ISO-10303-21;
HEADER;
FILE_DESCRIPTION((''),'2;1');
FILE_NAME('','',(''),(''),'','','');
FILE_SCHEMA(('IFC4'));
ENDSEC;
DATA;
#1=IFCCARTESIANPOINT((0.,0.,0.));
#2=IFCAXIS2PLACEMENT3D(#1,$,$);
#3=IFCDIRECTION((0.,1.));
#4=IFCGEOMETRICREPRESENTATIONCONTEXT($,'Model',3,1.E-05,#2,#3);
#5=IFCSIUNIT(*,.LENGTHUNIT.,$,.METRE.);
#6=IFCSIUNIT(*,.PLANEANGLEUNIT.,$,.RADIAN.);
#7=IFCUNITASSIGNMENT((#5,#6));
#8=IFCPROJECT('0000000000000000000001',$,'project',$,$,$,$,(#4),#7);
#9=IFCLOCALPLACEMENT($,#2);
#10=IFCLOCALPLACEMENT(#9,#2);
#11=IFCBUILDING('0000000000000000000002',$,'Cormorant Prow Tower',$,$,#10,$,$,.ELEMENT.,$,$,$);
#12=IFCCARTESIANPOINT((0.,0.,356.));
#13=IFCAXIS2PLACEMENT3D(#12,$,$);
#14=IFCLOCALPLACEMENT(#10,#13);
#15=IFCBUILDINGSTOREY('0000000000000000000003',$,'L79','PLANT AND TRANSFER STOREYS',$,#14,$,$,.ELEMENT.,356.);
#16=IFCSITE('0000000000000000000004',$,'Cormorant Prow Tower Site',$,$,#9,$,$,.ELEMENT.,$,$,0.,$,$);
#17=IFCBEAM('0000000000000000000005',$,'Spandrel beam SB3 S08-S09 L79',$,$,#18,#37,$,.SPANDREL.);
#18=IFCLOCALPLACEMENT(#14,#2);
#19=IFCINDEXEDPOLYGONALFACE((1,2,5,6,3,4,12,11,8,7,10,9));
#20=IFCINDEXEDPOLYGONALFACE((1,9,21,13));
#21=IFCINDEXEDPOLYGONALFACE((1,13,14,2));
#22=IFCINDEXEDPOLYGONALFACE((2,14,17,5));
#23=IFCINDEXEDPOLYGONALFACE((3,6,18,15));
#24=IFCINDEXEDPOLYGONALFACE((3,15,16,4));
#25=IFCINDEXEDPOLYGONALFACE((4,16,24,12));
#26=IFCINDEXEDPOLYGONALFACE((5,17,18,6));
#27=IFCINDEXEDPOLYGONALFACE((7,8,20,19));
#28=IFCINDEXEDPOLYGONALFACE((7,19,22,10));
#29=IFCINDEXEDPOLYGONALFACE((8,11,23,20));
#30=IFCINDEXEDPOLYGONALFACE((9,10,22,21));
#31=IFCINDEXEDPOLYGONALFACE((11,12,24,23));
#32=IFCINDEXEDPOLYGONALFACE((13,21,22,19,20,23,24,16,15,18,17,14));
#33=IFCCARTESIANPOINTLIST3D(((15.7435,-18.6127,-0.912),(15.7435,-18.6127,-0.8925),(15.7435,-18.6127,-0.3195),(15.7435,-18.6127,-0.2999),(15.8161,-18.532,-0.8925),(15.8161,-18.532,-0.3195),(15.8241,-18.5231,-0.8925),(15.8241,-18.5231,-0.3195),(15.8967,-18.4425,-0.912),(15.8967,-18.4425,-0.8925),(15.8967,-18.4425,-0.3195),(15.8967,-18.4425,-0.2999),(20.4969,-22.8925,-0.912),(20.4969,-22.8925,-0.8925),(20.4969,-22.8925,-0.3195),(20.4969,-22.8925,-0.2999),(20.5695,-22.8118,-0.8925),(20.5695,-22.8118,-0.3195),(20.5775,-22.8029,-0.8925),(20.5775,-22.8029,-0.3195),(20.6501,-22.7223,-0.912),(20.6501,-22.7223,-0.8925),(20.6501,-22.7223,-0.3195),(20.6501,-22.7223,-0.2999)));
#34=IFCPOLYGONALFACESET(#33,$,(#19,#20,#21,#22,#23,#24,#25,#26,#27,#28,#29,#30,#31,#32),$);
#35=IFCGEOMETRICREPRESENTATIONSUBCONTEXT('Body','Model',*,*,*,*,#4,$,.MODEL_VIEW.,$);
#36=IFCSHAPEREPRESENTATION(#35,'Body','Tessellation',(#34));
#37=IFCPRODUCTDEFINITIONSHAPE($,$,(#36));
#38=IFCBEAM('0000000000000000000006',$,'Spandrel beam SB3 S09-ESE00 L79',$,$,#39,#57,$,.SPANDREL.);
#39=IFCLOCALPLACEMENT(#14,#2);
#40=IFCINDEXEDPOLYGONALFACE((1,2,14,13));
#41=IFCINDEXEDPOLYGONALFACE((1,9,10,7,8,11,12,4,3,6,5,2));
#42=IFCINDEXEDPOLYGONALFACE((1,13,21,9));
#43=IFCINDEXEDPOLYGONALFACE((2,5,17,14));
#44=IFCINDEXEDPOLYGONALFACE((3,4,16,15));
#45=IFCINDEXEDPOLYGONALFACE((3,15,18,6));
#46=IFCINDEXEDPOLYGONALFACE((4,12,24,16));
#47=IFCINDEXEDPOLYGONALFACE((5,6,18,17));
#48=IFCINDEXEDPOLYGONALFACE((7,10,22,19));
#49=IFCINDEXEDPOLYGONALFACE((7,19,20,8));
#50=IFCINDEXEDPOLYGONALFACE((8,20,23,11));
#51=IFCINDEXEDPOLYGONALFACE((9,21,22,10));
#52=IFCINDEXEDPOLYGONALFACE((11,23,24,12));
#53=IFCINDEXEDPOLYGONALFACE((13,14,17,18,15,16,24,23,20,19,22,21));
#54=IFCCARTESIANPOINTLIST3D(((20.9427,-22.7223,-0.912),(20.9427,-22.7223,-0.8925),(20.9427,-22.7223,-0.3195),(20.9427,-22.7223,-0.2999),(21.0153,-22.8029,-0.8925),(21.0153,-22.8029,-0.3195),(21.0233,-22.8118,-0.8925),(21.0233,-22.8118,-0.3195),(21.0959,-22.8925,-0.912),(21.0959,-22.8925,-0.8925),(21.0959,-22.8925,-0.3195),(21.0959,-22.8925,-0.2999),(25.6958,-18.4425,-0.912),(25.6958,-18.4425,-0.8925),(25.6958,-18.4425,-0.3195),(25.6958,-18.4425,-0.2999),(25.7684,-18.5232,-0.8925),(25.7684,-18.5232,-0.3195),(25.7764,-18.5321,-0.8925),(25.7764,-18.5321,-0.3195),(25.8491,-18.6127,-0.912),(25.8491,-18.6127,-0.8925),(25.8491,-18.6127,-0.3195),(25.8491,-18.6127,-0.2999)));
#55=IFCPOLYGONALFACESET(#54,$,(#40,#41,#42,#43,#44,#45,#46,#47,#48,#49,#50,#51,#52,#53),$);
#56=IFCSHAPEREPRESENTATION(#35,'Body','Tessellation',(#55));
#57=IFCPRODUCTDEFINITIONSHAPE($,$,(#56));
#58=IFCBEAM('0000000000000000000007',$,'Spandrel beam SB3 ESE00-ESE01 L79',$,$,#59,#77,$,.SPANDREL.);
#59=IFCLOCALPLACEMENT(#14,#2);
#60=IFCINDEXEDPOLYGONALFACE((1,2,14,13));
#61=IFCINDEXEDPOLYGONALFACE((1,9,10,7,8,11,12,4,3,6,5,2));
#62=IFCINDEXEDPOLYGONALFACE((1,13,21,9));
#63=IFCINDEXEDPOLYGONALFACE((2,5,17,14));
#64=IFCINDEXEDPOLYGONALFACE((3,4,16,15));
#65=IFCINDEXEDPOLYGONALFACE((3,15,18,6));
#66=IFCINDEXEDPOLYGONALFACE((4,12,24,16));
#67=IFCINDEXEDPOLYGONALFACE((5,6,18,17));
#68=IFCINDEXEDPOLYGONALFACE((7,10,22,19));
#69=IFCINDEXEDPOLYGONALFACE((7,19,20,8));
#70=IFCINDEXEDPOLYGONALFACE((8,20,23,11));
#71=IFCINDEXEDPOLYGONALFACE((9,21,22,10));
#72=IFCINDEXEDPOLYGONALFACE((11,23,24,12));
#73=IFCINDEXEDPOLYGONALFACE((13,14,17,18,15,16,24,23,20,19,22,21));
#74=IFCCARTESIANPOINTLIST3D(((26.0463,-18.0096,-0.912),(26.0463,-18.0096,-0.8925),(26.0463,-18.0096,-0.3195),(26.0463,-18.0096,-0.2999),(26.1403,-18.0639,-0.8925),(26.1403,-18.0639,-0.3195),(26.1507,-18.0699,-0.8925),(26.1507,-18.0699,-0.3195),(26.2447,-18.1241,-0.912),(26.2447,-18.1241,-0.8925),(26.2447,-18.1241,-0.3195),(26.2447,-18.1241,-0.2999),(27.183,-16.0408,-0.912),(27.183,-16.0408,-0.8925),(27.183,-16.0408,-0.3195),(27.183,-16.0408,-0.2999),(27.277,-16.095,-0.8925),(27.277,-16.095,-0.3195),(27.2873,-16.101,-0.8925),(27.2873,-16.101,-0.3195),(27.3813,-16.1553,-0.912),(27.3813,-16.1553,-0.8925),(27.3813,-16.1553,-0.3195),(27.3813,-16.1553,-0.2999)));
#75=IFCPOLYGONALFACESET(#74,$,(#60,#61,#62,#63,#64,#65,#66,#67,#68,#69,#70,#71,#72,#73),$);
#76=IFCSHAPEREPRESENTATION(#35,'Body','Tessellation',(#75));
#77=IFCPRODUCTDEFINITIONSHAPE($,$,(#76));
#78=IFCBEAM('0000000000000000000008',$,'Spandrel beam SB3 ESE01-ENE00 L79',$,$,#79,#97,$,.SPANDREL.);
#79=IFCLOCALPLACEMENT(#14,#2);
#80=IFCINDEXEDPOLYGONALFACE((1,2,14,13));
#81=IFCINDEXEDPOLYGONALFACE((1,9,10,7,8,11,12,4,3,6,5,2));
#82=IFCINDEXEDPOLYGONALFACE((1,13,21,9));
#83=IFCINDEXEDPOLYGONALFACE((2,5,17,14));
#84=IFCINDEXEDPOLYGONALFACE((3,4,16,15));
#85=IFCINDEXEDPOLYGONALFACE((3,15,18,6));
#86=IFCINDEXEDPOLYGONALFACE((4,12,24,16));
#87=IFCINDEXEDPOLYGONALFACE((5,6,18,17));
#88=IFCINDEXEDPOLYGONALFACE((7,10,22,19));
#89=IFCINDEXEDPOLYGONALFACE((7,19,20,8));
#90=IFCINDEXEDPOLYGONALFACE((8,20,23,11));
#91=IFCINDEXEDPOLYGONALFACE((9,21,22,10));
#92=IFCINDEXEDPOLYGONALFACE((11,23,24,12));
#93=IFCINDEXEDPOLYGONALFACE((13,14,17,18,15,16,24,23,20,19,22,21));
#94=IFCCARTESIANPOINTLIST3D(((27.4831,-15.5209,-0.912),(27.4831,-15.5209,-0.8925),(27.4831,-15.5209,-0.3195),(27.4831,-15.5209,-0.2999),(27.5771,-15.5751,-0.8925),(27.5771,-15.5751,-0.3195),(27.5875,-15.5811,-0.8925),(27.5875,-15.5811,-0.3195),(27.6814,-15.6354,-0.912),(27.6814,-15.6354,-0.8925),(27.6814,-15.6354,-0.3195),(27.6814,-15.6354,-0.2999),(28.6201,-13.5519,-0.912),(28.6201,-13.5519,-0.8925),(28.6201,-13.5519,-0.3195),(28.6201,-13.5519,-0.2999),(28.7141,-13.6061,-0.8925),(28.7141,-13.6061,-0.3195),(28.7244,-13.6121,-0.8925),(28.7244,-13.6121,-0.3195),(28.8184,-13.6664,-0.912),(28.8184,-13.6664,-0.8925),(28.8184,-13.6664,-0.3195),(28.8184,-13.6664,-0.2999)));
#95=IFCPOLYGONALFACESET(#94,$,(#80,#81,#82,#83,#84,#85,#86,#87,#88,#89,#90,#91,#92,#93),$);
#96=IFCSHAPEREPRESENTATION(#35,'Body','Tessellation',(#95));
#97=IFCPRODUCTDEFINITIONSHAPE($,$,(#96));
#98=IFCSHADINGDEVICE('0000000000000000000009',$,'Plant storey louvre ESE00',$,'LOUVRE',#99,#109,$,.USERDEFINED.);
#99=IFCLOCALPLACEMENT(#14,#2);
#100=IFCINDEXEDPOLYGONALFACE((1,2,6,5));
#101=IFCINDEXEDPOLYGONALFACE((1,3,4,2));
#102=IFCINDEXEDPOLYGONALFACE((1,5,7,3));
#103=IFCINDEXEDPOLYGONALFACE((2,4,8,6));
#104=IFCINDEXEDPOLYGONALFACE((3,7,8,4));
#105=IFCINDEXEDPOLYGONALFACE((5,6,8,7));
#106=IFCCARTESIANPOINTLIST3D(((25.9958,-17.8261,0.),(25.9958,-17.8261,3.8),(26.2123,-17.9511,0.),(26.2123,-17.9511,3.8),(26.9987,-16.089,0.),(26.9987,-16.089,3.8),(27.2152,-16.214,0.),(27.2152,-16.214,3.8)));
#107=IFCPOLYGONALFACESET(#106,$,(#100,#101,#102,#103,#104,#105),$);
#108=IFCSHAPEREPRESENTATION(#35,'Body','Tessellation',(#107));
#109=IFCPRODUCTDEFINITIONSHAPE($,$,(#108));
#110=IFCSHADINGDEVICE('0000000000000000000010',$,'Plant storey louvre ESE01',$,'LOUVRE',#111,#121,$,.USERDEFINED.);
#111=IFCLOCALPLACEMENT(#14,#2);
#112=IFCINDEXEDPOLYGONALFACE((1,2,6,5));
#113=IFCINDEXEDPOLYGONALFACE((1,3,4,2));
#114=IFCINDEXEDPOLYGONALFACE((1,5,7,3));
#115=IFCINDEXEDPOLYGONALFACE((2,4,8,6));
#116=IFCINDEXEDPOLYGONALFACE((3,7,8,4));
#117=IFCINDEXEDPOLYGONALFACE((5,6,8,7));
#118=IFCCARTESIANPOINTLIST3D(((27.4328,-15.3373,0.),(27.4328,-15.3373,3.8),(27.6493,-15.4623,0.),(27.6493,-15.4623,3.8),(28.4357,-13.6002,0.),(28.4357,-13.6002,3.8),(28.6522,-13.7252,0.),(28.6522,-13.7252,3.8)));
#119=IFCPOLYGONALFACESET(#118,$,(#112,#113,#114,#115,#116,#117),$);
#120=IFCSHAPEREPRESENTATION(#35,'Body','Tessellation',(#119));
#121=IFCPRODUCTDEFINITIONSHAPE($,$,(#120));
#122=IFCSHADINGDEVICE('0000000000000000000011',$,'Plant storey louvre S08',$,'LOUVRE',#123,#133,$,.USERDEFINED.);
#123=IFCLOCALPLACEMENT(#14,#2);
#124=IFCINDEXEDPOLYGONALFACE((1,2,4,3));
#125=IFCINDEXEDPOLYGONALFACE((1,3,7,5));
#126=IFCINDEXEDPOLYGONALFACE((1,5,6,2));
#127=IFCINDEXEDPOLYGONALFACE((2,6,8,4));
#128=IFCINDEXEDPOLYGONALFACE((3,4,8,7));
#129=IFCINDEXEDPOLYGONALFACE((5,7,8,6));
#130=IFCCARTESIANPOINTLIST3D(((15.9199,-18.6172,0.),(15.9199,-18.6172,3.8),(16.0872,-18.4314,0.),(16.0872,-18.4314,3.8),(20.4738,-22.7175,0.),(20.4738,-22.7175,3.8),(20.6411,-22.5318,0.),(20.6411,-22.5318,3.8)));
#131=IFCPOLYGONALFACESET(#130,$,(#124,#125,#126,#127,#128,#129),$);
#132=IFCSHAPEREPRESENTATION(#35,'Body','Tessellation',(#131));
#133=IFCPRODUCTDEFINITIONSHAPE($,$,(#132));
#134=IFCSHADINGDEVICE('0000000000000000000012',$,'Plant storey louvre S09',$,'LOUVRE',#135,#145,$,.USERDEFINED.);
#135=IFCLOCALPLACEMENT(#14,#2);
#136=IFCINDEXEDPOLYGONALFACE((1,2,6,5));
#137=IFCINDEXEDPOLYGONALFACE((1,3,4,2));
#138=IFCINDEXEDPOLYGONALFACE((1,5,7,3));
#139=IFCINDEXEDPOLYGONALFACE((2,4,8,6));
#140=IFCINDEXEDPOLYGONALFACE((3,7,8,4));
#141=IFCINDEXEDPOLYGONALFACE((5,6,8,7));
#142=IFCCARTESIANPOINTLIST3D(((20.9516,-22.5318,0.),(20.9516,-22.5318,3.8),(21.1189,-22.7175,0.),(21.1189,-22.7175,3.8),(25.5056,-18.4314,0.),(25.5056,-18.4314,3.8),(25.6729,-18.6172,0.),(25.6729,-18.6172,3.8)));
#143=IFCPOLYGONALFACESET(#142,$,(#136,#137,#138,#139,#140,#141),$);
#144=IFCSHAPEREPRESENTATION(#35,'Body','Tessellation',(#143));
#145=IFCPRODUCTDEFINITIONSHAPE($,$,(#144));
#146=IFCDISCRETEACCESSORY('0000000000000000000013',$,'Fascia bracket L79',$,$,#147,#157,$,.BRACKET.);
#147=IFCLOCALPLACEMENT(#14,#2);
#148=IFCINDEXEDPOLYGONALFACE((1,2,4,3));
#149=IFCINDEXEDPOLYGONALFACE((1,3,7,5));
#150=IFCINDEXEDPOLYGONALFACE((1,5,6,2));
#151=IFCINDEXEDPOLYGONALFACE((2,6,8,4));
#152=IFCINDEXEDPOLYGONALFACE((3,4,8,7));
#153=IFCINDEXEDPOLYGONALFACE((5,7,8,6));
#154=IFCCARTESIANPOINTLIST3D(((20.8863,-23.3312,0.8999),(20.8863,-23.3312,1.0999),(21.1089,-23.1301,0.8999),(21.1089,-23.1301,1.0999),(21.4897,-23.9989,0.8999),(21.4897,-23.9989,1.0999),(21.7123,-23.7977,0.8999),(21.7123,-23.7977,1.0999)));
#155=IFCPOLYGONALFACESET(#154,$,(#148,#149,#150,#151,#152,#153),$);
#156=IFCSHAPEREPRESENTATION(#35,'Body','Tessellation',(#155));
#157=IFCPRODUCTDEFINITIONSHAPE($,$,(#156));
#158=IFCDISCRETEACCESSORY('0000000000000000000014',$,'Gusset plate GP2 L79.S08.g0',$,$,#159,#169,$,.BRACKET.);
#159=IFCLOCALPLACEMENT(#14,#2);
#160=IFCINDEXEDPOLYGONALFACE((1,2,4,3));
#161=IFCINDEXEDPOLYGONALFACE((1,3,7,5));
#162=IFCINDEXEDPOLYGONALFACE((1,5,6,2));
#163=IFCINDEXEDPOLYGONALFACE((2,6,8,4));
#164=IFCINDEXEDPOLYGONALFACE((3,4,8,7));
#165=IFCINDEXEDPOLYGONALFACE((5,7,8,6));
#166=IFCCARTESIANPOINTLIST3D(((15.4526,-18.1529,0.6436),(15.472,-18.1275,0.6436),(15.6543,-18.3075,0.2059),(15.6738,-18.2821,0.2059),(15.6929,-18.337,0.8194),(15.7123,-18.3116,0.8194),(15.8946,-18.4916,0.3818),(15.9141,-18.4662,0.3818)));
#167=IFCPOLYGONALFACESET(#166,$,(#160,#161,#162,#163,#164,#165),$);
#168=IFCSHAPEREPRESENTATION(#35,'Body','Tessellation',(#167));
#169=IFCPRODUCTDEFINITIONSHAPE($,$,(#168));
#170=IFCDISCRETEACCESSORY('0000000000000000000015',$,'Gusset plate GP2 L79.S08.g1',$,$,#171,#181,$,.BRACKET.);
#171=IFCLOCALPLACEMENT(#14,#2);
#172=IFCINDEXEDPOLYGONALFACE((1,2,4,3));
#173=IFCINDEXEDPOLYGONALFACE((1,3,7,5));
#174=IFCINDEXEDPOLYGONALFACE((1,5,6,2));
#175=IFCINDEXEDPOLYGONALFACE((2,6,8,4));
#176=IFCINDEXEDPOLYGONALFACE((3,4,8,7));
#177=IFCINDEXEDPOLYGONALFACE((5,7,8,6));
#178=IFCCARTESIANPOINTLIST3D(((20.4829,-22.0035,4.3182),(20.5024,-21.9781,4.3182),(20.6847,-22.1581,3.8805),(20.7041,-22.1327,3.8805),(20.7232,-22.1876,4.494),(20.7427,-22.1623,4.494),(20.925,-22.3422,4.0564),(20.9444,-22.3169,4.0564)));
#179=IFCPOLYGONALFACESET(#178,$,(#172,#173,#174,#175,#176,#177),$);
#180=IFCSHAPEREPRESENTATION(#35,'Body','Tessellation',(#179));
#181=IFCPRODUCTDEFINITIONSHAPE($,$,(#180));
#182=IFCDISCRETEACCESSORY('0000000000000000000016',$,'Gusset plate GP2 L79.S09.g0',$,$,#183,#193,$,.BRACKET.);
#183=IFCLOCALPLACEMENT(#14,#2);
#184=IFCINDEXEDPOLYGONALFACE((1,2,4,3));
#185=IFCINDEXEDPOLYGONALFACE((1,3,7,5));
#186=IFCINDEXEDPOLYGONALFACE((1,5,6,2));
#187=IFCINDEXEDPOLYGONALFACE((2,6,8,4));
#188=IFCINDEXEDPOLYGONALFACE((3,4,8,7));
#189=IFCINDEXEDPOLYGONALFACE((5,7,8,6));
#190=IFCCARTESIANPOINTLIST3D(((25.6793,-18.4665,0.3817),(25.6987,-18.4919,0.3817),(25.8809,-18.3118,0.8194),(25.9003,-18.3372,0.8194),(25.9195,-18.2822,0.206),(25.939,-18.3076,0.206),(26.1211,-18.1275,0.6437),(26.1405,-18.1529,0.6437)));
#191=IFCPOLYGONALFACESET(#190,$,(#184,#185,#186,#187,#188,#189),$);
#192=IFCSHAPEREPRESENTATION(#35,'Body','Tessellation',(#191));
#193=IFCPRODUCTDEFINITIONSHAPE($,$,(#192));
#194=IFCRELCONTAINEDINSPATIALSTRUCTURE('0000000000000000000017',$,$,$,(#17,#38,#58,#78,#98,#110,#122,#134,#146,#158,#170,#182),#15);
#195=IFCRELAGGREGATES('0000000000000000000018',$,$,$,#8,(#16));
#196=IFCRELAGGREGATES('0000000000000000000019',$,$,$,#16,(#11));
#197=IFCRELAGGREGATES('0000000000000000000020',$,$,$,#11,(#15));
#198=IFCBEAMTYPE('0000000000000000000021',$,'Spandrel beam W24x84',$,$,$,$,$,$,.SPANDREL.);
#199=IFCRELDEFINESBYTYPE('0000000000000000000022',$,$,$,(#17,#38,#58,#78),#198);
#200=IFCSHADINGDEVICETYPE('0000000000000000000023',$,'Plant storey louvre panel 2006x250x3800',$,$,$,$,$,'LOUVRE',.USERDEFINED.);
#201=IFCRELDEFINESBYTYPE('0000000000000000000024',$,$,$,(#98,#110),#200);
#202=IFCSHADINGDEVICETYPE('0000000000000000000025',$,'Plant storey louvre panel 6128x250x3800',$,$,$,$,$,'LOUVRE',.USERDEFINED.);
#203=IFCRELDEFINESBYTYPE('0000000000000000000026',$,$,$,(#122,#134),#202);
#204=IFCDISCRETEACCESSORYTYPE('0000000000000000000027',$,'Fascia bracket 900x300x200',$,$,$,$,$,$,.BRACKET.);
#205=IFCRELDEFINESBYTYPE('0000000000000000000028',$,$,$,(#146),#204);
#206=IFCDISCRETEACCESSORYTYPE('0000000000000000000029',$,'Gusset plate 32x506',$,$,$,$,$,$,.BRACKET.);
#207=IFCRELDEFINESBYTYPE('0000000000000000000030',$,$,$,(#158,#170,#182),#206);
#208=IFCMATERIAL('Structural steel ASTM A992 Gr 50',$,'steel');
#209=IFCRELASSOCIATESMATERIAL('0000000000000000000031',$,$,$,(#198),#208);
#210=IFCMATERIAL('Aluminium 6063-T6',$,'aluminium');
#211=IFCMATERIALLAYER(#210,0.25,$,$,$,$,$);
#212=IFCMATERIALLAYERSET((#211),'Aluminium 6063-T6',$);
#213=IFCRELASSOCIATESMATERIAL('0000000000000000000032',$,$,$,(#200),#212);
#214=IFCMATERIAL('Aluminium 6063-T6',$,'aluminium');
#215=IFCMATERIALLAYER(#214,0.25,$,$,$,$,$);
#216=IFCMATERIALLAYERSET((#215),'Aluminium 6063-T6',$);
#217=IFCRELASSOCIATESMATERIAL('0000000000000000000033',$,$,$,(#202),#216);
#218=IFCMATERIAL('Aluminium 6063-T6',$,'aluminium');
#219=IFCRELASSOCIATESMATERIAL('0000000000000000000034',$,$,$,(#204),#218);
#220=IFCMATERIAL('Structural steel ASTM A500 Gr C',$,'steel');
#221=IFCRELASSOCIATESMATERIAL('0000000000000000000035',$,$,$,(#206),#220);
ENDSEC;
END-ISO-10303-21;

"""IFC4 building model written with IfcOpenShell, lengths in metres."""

from ifc_helpers import new_model, si_unit, direction, frame, origin, origin_2d, place, context, subcontext, project, spatial, rectangle, i_section, extrude, material, layer, layer_set, material_profile, profile_set, type_object, element, save


model = new_model("IFC4")

# Units and contexts
model_context = context("Model", 3, precision=1e-05, world=origin(), true_north=direction((0.0, 1.0)))
body_context = subcontext(model_context, "Body", "Model", "MODEL_VIEW")
ifc_project = project(units=[si_unit("LENGTHUNIT", "METRE"), si_unit("PLANEANGLEUNIT", "RADIAN")], contexts=[model_context])

# Site, building, storey
site_placement = place(None, origin())
site = spatial("IfcSite", under=ifc_project, at=site_placement, Name="Cormorant Prow Tower Site", CompositionType="ELEMENT", RefElevation=0.0)
building_placement = place(site_placement, origin())
building = spatial("IfcBuilding", under=site, at=building_placement, Name="Cormorant Prow Tower", CompositionType="ELEMENT")
storey_placement = place(building_placement, frame((0.0, 0.0, 356.0)))
storey = spatial("IfcBuildingStorey", under=building, at=storey_placement, Name="L79", Description="PLANT AND TRANSFER STOREYS", CompositionType="ELEMENT", Elevation=356.0)

# Beams
ifc_material_1 = material(Name="Structural steel ASTM A992 Gr 50", Category="steel")
ifc_material_profile_1 = material_profile(ifc_material_1, i_section(OverallWidth=0.229, OverallDepth=0.6121, WebThickness=0.012, FlangeThickness=0.0195, at=origin_2d()), Name="W24x84")
ifc_profile_set_1 = profile_set([ifc_material_profile_1], Name="Structural steel ASTM A992 Gr 50")
beam_type = type_object("IfcBeamType", Name="Spandrel beam W24x84", PredefinedType="SPANDREL", material=ifc_profile_set_1)
beam_1_placement = place(storey_placement, frame((15.8201, -18.5276, -0.606), z_axis=(0.743161, -0.669112, 0.0), x_axis=(0.669112, 0.743161, 0.0)))
element("IfcBeam", 1, at=beam_1_placement, inside=storey, type_object=beam_type, Name="Spandrel beam SB3 S08-S09 L79", PredefinedType="SPANDREL", context=body_context, shape_type="SweptSolid", body=[
    extrude(i_section(OverallWidth=0.229, OverallDepth=0.6121, WebThickness=0.012, FlangeThickness=0.0195, at=origin_2d()), origin(), (0.0, 0.0, 1.0), 6.3962),
])
beam_2_placement = place(storey_placement, frame((21.0193, -22.8074, -0.606), z_axis=(0.743144, 0.669131, 0.0), x_axis=(-0.669131, 0.743144, 0.0)))
element("IfcBeam", 2, at=beam_2_placement, inside=storey, type_object=beam_type, Name="Spandrel beam SB3 S09-ESE00 L79", PredefinedType="SPANDREL", context=body_context, shape_type="SweptSolid", body=[
    extrude(i_section(OverallWidth=0.229, OverallDepth=0.6121, WebThickness=0.012, FlangeThickness=0.0195, at=origin_2d()), origin(), (0.0, 0.0, 1.0), 6.396),
])
beam_3_placement = place(storey_placement, frame((26.1455, -18.0669, -0.606), z_axis=(0.499973, 0.866041, 0.0), x_axis=(-0.866041, 0.499973, 0.0)))
element("IfcBeam", 3, at=beam_3_placement, inside=storey, type_object=beam_type, Name="Spandrel beam SB3 ESE00-ESE01 L79", PredefinedType="SPANDREL", context=body_context, shape_type="SweptSolid", body=[
    extrude(i_section(OverallWidth=0.229, OverallDepth=0.6121, WebThickness=0.012, FlangeThickness=0.0195, at=origin_2d()), origin(), (0.0, 0.0, 1.0), 2.2734),
])
beam_4_placement = place(storey_placement, frame((27.5823, -15.5781, -0.606), z_axis=(0.500054, 0.865994, 0.0), x_axis=(-0.865994, 0.500054, 0.0)))
element("IfcBeam", 4, at=beam_4_placement, inside=storey, type_object=beam_type, Name="Spandrel beam SB3 ESE01-ENE00 L79", PredefinedType="SPANDREL", context=body_context, shape_type="SweptSolid", body=[
    extrude(i_section(OverallWidth=0.229, OverallDepth=0.6121, WebThickness=0.012, FlangeThickness=0.0195, at=origin_2d()), origin(), (0.0, 0.0, 1.0), 2.2737),
])

# Shading devices
ifc_material_2 = material(Name="Aluminium 6063-T6", Category="aluminium")
ifc_layer_1 = layer(ifc_material_2, 0.25)
ifc_layer_set_1 = layer_set([ifc_layer_1], Name="Aluminium 6063-T6")
shading_device_type_1 = type_object("IfcShadingDeviceType", Name="Plant storey louvre panel 2006x250x3800", ElementType="LOUVRE", PredefinedType="USERDEFINED", material=ifc_layer_set_1)
for number, where, z_axis, x_axis, name in (
    (5, (26.6055, -17.02, 0.0), (0.0, 0.0, 1.0), (0.5, 0.866025, 0.0), "Plant storey louvre ESE00"),
    (6, (28.0425, -14.5312, 0.0), (0.0, 0.0, 1.0), (0.5, 0.866025, 0.0), "Plant storey louvre ESE01"),
):
    element("IfcShadingDevice", number, at=place(storey_placement, frame(where, z_axis=z_axis, x_axis=x_axis)), inside=storey, type_object=shading_device_type_1, Name=name, ObjectType="LOUVRE", PredefinedType="USERDEFINED", context=body_context, shape_type="SweptSolid", body=[
        extrude(rectangle(XDim=2.0059, YDim=0.25, at=origin_2d()), origin(), (0.0, 0.0, 1.0), 3.8),
    ])
ifc_material_3 = material(Name="Aluminium 6063-T6", Category="aluminium")
ifc_layer_2 = layer(ifc_material_3, 0.25)
ifc_layer_set_2 = layer_set([ifc_layer_2], Name="Aluminium 6063-T6")
shading_device_type_2 = type_object("IfcShadingDeviceType", Name="Plant storey louvre panel 6128x250x3800", ElementType="LOUVRE", PredefinedType="USERDEFINED", material=ifc_layer_set_2)
for number, where, z_axis, x_axis, name in (
    (7, (18.2805, -20.5745, 0.0), (0.0, 0.0, 1.0), (0.743145, -0.669131, 0.0), "Plant storey louvre S08"),
    (8, (23.3123, -20.5745, 0.0), (0.0, 0.0, 1.0), (0.743145, 0.669131, 0.0), "Plant storey louvre S09"),
):
    element("IfcShadingDevice", number, at=place(storey_placement, frame(where, z_axis=z_axis, x_axis=x_axis)), inside=storey, type_object=shading_device_type_2, Name=name, ObjectType="LOUVRE", PredefinedType="USERDEFINED", context=body_context, shape_type="SweptSolid", body=[
        extrude(rectangle(XDim=6.1279, YDim=0.25, at=origin_2d()), origin(), (0.0, 0.0, 1.0), 3.8),
    ])

# Discrete accessories
ifc_material_4 = material(Name="Aluminium 6063-T6", Category="aluminium")
discrete_accessory_type_1 = type_object("IfcDiscreteAccessoryType", Name="Fascia bracket 900x300x200", PredefinedType="BRACKET", material=ifc_material_4)
discrete_accessory_1_placement = place(storey_placement, frame((21.2993, -23.5645, 0.8999), z_axis=(0.0, 0.0, 1.0), x_axis=(0.670549, -0.741865, 0.0)))
element("IfcDiscreteAccessory", 9, at=discrete_accessory_1_placement, inside=storey, type_object=discrete_accessory_type_1, Name="Fascia bracket L79", PredefinedType="BRACKET", context=body_context, shape_type="SweptSolid", body=[
    extrude(rectangle(XDim=0.8999, YDim=0.3, at=origin_2d()), origin(), (0.0, 0.0, 1.0), 0.2),
])
ifc_material_5 = material(Name="Structural steel ASTM A500 Gr C", Category="steel")
ifc_material_profile_2 = material_profile(ifc_material_5, rectangle(XDim=0.032, YDim=0.5061, at=origin_2d()), Name="Gusset plate 32x506")
ifc_profile_set_2 = profile_set([ifc_material_profile_2], Name="Structural steel ASTM A500 Gr C")
discrete_accessory_type_2 = type_object("IfcDiscreteAccessoryType", Name="Gusset plate 32x506", PredefinedType="BRACKET", material=ifc_profile_set_2)
for number, where, z_axis, x_axis, name in (
    (10, (15.8035, -18.4016, 0.6006), (-0.68639, 0.525953, -0.502237), (-0.608228, -0.793762, 0.0), "Gusset plate GP2 L79.S08.g0"),
    (11, (20.5935, -22.0681, 4.0994), (0.68639, -0.525953, 0.502237), (0.608228, 0.793762, 0.0), "Gusset plate GP2 L79.S08.g1"),
    (12, (25.7898, -18.4019, 0.6006), (0.686138, 0.526458, -0.502052), (-0.608736, 0.793373, 0.0), "Gusset plate GP2 L79.S09.g0"),
):
    element("IfcDiscreteAccessory", number, at=place(storey_placement, frame(where, z_axis=z_axis, x_axis=x_axis)), inside=storey, type_object=discrete_accessory_type_2, Name=name, PredefinedType="BRACKET", context=body_context, shape_type="SweptSolid", body=[
        extrude(rectangle(XDim=0.032, YDim=0.5061, at=origin_2d()), origin(), (0.0, 0.0, 1.0), 0.3501),
    ])

save(model, "model.ifc")
